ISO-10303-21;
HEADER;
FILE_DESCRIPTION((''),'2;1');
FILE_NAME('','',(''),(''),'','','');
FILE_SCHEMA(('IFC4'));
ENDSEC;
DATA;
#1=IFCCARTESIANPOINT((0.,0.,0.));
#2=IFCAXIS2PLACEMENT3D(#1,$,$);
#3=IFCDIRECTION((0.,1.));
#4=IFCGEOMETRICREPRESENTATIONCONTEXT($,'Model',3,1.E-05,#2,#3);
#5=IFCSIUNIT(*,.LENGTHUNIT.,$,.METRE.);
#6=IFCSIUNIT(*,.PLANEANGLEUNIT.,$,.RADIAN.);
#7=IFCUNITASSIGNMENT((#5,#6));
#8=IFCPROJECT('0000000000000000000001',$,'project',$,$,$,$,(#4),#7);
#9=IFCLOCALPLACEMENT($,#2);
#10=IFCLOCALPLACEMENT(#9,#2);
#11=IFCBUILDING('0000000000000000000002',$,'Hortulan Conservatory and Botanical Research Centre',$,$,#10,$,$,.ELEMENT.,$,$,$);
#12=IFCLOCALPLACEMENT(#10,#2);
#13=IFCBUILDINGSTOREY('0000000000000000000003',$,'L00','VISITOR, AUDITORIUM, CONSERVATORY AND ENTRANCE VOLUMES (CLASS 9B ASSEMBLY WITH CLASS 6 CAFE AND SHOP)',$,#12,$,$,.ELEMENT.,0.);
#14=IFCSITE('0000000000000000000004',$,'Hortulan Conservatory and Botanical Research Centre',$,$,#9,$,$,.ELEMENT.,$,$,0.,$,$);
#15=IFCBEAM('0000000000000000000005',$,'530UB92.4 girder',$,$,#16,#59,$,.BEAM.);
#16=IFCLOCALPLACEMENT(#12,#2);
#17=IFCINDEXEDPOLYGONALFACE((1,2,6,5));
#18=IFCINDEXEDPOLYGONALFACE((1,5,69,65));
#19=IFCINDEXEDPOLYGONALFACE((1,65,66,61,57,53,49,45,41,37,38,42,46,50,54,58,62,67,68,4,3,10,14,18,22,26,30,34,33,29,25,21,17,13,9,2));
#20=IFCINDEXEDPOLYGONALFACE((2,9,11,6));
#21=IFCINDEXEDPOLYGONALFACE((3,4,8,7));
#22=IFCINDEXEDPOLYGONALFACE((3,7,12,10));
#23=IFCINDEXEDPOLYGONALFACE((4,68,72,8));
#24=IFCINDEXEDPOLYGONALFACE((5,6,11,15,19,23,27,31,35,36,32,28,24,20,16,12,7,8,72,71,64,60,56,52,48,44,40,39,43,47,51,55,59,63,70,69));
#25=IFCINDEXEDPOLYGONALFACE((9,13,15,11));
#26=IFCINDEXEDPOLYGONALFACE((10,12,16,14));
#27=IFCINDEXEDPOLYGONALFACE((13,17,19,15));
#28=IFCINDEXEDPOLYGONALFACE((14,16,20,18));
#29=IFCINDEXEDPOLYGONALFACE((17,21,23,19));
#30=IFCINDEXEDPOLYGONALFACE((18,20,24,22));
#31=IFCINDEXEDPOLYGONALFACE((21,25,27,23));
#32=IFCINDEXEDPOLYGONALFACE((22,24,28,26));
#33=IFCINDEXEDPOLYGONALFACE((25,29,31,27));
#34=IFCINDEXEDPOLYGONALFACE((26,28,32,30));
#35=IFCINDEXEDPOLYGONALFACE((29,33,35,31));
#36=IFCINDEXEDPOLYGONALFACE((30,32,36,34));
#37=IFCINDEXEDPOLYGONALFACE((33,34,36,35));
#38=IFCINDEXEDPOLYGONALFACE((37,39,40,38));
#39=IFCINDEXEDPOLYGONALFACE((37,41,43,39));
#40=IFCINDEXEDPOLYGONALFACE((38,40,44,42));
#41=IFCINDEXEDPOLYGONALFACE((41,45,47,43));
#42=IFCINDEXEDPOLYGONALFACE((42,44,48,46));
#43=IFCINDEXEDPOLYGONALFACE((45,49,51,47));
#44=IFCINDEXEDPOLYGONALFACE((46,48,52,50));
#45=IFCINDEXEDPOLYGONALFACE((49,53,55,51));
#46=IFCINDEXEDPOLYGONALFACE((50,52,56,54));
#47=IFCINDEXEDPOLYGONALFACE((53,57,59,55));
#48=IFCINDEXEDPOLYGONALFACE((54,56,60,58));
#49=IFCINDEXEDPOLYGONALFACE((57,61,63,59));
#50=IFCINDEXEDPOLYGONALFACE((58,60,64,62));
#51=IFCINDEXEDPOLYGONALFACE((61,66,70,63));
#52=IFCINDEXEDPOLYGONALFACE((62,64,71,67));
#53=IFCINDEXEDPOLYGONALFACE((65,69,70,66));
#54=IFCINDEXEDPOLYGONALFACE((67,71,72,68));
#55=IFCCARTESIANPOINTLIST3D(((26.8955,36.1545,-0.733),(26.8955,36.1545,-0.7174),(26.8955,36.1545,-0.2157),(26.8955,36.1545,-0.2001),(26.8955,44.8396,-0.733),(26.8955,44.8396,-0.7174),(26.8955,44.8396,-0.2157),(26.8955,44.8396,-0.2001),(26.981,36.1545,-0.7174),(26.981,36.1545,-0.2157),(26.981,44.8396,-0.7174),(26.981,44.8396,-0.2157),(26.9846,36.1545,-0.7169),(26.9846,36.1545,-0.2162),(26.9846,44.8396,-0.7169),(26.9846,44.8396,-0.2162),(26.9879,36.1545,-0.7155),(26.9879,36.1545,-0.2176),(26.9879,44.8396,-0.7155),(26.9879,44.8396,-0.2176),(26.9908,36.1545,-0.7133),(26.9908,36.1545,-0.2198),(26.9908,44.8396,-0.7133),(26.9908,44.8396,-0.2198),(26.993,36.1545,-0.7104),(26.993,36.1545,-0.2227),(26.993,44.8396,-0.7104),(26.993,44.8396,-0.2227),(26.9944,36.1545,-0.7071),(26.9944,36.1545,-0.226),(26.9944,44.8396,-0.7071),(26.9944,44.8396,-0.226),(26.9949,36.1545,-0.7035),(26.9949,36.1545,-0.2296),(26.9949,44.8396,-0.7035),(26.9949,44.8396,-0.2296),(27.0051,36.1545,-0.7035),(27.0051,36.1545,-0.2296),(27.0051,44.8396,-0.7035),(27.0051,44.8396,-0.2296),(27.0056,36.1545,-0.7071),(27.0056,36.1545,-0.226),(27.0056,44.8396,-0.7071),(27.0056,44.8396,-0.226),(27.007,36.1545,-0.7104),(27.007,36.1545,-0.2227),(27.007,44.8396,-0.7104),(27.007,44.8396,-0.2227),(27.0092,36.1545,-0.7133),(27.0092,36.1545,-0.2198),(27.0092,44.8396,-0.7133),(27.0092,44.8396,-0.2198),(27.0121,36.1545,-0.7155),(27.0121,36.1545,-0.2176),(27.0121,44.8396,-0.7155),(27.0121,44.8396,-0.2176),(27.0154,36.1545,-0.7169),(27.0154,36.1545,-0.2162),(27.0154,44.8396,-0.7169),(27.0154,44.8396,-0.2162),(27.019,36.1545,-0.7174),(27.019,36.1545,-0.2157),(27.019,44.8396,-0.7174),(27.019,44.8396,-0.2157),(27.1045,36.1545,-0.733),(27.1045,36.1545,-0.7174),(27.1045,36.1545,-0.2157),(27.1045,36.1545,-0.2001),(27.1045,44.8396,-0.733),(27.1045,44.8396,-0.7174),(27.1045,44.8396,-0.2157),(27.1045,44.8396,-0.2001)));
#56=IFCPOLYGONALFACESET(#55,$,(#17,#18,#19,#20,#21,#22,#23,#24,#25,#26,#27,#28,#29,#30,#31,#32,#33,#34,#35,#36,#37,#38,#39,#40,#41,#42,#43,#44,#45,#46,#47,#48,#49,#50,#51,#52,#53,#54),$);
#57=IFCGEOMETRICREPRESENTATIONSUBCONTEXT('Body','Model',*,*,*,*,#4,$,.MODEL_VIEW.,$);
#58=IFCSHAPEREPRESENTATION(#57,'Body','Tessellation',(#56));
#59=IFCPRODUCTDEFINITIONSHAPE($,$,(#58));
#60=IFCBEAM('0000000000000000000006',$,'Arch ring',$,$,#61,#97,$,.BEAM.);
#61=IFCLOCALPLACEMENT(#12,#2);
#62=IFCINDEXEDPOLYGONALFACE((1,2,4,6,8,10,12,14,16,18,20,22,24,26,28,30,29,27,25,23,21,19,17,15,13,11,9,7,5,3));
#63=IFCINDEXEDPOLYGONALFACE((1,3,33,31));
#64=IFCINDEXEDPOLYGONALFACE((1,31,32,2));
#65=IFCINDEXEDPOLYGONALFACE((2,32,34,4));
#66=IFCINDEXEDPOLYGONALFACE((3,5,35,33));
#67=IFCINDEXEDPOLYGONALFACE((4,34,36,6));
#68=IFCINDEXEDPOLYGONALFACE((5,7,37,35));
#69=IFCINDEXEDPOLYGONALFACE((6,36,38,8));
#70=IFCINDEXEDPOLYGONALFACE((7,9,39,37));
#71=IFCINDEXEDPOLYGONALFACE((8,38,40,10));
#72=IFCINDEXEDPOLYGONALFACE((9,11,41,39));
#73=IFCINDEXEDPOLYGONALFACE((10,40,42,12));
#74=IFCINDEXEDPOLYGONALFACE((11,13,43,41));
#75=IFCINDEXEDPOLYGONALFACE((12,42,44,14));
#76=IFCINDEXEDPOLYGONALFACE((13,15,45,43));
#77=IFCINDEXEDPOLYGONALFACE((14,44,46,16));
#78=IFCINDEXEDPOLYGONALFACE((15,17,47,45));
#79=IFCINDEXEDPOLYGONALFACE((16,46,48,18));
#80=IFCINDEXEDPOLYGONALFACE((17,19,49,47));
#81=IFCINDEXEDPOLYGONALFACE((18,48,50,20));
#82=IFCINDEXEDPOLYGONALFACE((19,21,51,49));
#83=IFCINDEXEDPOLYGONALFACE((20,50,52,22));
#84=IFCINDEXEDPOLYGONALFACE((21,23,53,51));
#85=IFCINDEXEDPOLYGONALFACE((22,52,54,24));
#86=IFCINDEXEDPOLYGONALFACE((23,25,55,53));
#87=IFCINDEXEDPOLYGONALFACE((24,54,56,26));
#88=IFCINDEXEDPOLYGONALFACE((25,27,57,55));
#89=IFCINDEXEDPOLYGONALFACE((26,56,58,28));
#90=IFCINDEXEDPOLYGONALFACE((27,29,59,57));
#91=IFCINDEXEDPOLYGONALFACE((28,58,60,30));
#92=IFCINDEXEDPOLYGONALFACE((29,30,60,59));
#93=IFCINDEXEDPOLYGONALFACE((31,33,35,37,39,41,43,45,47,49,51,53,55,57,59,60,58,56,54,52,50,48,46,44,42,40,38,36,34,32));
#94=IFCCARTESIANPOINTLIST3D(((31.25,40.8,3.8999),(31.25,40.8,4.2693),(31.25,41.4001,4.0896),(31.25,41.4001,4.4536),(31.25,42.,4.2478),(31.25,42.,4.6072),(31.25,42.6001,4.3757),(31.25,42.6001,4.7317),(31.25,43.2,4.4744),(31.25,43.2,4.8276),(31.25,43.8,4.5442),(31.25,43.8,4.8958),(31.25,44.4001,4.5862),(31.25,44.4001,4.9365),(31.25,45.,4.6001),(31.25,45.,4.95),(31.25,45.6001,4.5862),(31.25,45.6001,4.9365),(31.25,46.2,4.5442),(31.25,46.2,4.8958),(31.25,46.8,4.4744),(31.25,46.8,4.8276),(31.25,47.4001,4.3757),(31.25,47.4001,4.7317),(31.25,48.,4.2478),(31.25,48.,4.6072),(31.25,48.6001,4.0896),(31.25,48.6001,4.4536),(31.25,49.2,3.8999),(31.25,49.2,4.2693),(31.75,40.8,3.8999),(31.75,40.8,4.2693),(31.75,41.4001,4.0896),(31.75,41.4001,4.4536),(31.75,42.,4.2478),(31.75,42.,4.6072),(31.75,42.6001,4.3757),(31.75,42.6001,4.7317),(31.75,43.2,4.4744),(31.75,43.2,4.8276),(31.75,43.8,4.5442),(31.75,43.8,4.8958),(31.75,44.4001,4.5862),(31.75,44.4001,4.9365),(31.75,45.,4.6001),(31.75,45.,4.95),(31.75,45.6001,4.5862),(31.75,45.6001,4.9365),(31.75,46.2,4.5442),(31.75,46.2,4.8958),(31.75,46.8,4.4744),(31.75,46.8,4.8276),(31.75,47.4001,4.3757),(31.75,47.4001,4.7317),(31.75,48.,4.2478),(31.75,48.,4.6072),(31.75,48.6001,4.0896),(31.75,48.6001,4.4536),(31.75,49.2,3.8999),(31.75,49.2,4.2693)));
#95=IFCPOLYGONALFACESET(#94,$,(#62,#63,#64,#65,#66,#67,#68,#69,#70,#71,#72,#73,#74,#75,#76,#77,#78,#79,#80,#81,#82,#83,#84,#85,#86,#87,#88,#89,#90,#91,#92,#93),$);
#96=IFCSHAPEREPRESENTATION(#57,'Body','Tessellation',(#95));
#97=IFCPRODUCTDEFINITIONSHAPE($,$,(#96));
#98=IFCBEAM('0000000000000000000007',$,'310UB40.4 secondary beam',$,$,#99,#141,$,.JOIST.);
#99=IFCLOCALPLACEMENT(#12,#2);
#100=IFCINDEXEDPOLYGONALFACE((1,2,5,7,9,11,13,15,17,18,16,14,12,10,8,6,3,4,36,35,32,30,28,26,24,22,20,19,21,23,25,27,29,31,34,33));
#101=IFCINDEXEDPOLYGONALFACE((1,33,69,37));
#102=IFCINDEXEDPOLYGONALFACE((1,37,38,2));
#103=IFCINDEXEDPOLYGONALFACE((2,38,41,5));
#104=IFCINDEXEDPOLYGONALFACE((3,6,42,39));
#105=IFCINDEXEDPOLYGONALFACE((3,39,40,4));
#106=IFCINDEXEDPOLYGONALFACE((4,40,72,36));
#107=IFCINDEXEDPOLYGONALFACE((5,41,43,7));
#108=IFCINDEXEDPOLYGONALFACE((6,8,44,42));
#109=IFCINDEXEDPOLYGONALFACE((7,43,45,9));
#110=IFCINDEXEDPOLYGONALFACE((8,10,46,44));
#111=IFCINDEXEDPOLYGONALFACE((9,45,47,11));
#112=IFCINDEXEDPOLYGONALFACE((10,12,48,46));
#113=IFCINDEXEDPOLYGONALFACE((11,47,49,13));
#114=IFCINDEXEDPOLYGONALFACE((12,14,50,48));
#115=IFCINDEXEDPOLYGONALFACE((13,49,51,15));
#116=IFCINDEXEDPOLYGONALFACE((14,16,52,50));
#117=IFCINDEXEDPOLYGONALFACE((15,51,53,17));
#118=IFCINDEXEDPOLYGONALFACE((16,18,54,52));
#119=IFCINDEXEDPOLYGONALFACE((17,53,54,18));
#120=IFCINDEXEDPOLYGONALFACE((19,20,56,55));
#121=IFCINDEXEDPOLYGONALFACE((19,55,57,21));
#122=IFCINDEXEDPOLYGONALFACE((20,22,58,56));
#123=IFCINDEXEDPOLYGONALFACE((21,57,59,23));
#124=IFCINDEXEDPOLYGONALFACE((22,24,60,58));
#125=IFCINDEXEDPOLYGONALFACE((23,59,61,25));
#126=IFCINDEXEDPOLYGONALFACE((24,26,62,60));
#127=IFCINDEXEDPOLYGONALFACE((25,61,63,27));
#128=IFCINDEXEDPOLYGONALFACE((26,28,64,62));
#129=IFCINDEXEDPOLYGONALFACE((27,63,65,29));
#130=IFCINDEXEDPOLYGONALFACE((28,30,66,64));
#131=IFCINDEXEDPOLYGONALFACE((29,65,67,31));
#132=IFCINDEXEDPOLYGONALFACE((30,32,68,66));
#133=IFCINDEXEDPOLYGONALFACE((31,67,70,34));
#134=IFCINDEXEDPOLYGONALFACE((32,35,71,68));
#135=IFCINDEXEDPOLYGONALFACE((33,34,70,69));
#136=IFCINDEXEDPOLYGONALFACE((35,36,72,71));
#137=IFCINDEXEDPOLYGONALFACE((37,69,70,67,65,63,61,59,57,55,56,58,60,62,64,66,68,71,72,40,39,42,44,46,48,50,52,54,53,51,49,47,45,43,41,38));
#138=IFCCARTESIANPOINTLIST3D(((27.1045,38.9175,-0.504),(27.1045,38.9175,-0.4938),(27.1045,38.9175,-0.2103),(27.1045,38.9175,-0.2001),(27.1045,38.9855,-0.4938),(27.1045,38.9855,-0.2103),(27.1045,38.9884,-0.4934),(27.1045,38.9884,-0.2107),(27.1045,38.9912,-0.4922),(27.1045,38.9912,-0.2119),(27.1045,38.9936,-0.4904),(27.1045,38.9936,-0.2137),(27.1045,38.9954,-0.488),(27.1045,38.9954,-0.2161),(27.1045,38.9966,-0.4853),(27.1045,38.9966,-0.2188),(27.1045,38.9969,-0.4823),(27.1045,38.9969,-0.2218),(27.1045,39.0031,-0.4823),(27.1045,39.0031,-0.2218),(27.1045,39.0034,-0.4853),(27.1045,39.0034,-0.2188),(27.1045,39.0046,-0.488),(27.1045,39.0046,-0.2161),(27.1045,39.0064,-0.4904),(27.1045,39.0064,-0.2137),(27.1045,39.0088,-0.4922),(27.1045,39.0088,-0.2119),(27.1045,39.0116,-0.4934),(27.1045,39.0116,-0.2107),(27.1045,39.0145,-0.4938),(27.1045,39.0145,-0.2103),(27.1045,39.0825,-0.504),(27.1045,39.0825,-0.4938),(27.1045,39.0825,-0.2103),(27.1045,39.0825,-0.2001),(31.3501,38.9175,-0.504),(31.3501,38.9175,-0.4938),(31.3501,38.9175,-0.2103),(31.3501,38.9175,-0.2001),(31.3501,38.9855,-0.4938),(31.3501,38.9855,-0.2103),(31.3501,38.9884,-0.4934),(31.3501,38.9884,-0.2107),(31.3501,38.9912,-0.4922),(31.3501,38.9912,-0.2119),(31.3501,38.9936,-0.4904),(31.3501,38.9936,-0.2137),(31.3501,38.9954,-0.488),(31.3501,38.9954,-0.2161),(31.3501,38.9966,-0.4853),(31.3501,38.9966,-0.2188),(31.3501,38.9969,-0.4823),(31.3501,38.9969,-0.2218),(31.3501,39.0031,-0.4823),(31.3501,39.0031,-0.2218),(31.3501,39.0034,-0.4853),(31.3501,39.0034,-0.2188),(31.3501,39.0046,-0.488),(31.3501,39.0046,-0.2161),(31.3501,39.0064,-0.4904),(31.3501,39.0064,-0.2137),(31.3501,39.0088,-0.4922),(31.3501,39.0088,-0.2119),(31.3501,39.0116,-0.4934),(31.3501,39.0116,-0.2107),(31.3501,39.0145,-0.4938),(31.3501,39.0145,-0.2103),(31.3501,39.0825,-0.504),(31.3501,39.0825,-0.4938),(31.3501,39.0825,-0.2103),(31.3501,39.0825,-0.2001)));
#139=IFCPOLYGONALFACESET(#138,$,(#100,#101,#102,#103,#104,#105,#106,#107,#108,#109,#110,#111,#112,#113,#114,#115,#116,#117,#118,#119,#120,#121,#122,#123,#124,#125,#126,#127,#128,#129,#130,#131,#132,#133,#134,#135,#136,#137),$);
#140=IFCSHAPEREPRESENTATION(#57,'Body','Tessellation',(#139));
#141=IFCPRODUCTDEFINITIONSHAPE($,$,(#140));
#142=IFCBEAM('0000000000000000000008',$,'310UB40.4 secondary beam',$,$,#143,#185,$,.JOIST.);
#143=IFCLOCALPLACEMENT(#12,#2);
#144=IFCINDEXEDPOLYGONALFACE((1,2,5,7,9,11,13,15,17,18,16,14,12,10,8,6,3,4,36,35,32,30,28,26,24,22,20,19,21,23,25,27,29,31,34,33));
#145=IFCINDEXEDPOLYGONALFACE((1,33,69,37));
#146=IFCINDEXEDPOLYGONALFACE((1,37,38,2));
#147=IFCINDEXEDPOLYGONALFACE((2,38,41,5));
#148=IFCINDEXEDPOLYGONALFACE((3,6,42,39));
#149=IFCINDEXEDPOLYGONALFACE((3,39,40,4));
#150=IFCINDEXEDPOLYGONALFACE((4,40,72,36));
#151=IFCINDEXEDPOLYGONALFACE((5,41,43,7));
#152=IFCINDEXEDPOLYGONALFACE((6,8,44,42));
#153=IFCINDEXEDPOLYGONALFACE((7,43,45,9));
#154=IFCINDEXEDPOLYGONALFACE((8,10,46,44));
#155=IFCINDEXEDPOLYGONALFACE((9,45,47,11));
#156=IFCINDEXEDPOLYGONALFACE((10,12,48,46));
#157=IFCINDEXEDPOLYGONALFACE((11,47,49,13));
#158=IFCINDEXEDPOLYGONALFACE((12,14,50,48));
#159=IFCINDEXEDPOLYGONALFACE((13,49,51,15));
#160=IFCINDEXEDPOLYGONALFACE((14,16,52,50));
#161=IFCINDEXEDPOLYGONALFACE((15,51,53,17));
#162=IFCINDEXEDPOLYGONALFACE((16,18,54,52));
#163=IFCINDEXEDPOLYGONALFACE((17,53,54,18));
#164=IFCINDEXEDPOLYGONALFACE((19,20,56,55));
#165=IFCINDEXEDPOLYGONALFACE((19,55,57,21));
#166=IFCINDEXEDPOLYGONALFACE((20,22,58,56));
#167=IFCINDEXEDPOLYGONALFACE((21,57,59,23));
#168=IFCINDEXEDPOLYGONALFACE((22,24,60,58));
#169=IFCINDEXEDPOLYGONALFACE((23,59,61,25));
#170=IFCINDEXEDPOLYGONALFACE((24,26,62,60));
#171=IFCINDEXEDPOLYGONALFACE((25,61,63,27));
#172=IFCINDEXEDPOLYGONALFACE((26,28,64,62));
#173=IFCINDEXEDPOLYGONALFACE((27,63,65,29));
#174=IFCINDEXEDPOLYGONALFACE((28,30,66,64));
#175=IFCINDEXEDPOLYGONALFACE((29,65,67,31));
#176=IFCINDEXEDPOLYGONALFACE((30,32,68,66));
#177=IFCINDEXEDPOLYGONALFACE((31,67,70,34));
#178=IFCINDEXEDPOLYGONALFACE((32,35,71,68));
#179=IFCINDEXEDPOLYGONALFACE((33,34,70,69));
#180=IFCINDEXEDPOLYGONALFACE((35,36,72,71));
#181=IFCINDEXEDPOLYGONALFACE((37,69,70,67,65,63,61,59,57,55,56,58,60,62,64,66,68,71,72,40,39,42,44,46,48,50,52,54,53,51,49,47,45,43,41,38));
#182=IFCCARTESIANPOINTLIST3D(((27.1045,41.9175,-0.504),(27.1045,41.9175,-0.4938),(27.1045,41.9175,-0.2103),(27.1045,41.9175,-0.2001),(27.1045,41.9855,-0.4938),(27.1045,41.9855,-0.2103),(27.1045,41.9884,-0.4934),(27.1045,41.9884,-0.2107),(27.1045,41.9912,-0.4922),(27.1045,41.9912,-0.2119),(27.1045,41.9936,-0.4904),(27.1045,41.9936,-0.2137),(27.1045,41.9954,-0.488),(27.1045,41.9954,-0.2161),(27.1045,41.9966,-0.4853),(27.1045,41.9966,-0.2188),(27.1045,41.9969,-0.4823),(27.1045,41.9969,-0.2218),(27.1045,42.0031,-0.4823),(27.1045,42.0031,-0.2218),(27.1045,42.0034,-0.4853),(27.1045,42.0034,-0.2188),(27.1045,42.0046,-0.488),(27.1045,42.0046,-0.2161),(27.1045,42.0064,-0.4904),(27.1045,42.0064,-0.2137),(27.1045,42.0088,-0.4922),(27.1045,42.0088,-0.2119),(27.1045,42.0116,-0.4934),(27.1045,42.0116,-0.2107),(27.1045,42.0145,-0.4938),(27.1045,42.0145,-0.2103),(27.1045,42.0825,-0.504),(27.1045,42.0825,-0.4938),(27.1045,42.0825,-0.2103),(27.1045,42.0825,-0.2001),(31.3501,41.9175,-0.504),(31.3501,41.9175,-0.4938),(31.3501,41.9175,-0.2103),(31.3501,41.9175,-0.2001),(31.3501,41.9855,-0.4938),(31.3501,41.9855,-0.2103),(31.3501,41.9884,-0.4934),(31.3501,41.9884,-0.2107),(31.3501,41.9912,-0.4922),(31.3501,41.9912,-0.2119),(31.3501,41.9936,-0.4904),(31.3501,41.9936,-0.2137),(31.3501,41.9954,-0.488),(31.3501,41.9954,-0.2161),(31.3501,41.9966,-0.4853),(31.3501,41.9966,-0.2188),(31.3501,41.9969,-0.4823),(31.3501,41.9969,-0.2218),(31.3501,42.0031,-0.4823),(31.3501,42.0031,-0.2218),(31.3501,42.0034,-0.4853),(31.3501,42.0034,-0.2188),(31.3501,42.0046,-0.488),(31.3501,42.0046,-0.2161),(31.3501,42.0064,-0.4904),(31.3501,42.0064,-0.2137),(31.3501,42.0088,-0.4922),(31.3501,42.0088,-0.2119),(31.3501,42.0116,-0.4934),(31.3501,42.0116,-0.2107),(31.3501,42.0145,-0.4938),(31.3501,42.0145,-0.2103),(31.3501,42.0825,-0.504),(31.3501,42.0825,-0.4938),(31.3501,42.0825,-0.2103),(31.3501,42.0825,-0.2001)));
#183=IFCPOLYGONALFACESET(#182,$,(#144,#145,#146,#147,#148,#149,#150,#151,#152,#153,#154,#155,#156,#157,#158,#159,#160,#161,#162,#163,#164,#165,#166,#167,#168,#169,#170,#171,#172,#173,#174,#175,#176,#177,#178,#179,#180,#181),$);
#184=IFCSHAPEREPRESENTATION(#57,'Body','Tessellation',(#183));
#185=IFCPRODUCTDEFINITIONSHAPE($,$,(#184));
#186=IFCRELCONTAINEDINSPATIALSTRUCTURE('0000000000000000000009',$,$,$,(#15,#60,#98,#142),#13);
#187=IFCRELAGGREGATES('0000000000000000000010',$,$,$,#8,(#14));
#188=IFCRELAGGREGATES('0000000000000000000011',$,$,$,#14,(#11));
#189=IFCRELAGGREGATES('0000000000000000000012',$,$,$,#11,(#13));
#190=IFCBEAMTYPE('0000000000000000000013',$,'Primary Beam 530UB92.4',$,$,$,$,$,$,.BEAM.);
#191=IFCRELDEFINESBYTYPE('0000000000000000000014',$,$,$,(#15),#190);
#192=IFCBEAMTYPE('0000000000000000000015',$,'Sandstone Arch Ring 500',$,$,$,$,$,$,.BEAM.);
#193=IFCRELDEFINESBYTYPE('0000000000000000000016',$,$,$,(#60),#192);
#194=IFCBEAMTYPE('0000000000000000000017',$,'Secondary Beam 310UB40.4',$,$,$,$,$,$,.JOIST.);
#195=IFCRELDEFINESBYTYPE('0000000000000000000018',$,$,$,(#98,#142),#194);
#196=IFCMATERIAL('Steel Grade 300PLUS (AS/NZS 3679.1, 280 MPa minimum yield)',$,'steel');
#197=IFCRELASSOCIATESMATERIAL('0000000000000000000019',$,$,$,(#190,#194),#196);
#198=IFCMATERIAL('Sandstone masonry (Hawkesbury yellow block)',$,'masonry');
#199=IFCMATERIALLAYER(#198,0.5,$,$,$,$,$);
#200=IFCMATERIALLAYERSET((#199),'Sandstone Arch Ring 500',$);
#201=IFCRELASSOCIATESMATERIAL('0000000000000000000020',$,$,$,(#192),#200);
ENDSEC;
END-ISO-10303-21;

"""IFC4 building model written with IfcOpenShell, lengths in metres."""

from ifc_helpers import new_model, si_unit, direction, frame, origin, origin_2d, place, context, subcontext, project, spatial, polyline, i_section, outline, extrude, material, layer, layer_set, material_profile, profile_set, type_object, element, save


model = new_model("IFC4")

# Units and contexts
model_context = context("Model", 3, precision=1e-05, world=origin(), true_north=direction((0.0, 1.0)))
body_context = subcontext(model_context, "Body", "Model", "MODEL_VIEW")
ifc_project = project(units=[si_unit("LENGTHUNIT", "METRE"), si_unit("PLANEANGLEUNIT", "RADIAN")], contexts=[model_context])

# Site, building, storey
site_placement = place(None, origin())
site = spatial("IfcSite", under=ifc_project, at=site_placement, Name="Hortulan Conservatory and Botanical Research Centre", CompositionType="ELEMENT", RefElevation=0.0)
building_placement = place(site_placement, origin())
building = spatial("IfcBuilding", under=site, at=building_placement, Name="Hortulan Conservatory and Botanical Research Centre", CompositionType="ELEMENT")
storey_placement = place(building_placement, origin())
storey = spatial("IfcBuildingStorey", under=building, at=storey_placement, Name="L00", Description="VISITOR, AUDITORIUM, CONSERVATORY AND ENTRANCE VOLUMES (CLASS 9B ASSEMBLY WITH CLASS 6 CAFE AND SHOP)", CompositionType="ELEMENT", Elevation=0.0)

# Shared definitions
ifc_material_1 = material(Name="Steel Grade 300PLUS (AS/NZS 3679.1, 280 MPa minimum yield)", Category="steel")

# Beams
ifc_material_profile_1 = material_profile(ifc_material_1, i_section(OverallWidth=0.209, OverallDepth=0.533, WebThickness=0.0103, FlangeThickness=0.0156, FilletRadius=0.0139, at=origin_2d()), Name="530UB92.4")
ifc_profile_set_1 = profile_set([ifc_material_profile_1], Name="Steel Grade 300PLUS (AS/NZS 3679.1, 280 MPa minimum yield)")
beam_type_1 = type_object("IfcBeamType", Name="Primary Beam 530UB92.4", PredefinedType="BEAM", material=ifc_profile_set_1)
beam_1_placement = place(storey_placement, frame((27.0, 36.1545, -0.4666), z_axis=(0.0, 1.0, 0.0), x_axis=(-1.0, 0.0, 0.0)))
element("IfcBeam", 1, at=beam_1_placement, inside=storey, type_object=beam_type_1, Name="530UB92.4 girder", PredefinedType="BEAM", context=body_context, shape_type="SweptSolid", body=[
    extrude(i_section(OverallWidth=0.209, OverallDepth=0.533, WebThickness=0.0103, FlangeThickness=0.0156, FilletRadius=0.0139, at=origin_2d()), origin(), (0.0, 0.0, 1.0), 8.6851),
])
ifc_material_2 = material(Name="Sandstone masonry (Hawkesbury yellow block)", Category="masonry")
ifc_layer_1 = layer(ifc_material_2, 0.5)
ifc_layer_set_1 = layer_set([ifc_layer_1], Name="Sandstone Arch Ring 500")
beam_type_2 = type_object("IfcBeamType", Name="Sandstone Arch Ring 500", PredefinedType="BEAM", material=ifc_layer_set_1)
beam_2_placement = place(storey_placement, frame((31.5, 40.8, 3.8999), z_axis=(0.0, 0.0, 1.0), x_axis=(0.0, 1.0, 0.0)))
element("IfcBeam", 2, at=beam_2_placement, inside=storey, type_object=beam_type_2, Name="Arch ring", PredefinedType="BEAM", context=body_context, shape_type="SweptSolid", body=[
    extrude(outline(polyline([(0.0, 0.0), (0.6001, 0.1897), (1.2, 0.3479), (1.8, 0.4758), (2.3999, 0.5745), (3.0, 0.6443), (3.6001, 0.6863), (4.2, 0.7002), (4.8, 0.6863), (5.3999, 0.6443), (6.0, 0.5745), (6.6001, 0.4758), (7.2, 0.3479), (7.8, 0.1897), (8.3999, 0.0), (8.3999, 0.3694), (7.8, 0.5537), (7.2, 0.7073), (6.6001, 0.8318), (6.0, 0.9277), (5.3999, 0.9958), (4.8, 1.0366), (4.2, 1.05), (3.6001, 1.0366), (3.0, 0.9958), (2.3999, 0.9277), (1.8, 0.8318), (1.2, 0.7073), (0.6001, 0.5537), (0.0, 0.3694), (0.0, 0.0)])), frame((0.0, 0.25, 0.0), z_axis=(0.0, -1.0, 0.0), x_axis=(1.0, 0.0, 0.0)), (0.0, 0.0, 1.0), 0.5),
])
ifc_material_profile_2 = material_profile(ifc_material_1, i_section(OverallWidth=0.165, OverallDepth=0.304, WebThickness=0.0061, FlangeThickness=0.0103, FilletRadius=0.0115, at=origin_2d()), Name="310UB40.4")
ifc_profile_set_2 = profile_set([ifc_material_profile_2], Name="Steel Grade 300PLUS (AS/NZS 3679.1, 280 MPa minimum yield)")
beam_type_3 = type_object("IfcBeamType", Name="Secondary Beam 310UB40.4", PredefinedType="JOIST", material=ifc_profile_set_2)
for number, where, z_axis, x_axis, name in (
    (3, (27.1045, 39.0, -0.3521), (1.0, 0.0, 0.0), (0.0, 1.0, 0.0), "310UB40.4 secondary beam"),
    (4, (27.1045, 42.0, -0.3521), (1.0, 0.0, 0.0), (0.0, 1.0, 0.0), "310UB40.4 secondary beam"),
):
    element("IfcBeam", number, at=place(storey_placement, frame(where, z_axis=z_axis, x_axis=x_axis)), inside=storey, type_object=beam_type_3, Name=name, PredefinedType="JOIST", context=body_context, shape_type="SweptSolid", body=[
        extrude(i_section(OverallWidth=0.165, OverallDepth=0.304, WebThickness=0.0061, FlangeThickness=0.0103, FilletRadius=0.0115, at=origin_2d()), origin(), (0.0, 0.0, 1.0), 4.2456),
    ])

save(model, "model.ifc")
